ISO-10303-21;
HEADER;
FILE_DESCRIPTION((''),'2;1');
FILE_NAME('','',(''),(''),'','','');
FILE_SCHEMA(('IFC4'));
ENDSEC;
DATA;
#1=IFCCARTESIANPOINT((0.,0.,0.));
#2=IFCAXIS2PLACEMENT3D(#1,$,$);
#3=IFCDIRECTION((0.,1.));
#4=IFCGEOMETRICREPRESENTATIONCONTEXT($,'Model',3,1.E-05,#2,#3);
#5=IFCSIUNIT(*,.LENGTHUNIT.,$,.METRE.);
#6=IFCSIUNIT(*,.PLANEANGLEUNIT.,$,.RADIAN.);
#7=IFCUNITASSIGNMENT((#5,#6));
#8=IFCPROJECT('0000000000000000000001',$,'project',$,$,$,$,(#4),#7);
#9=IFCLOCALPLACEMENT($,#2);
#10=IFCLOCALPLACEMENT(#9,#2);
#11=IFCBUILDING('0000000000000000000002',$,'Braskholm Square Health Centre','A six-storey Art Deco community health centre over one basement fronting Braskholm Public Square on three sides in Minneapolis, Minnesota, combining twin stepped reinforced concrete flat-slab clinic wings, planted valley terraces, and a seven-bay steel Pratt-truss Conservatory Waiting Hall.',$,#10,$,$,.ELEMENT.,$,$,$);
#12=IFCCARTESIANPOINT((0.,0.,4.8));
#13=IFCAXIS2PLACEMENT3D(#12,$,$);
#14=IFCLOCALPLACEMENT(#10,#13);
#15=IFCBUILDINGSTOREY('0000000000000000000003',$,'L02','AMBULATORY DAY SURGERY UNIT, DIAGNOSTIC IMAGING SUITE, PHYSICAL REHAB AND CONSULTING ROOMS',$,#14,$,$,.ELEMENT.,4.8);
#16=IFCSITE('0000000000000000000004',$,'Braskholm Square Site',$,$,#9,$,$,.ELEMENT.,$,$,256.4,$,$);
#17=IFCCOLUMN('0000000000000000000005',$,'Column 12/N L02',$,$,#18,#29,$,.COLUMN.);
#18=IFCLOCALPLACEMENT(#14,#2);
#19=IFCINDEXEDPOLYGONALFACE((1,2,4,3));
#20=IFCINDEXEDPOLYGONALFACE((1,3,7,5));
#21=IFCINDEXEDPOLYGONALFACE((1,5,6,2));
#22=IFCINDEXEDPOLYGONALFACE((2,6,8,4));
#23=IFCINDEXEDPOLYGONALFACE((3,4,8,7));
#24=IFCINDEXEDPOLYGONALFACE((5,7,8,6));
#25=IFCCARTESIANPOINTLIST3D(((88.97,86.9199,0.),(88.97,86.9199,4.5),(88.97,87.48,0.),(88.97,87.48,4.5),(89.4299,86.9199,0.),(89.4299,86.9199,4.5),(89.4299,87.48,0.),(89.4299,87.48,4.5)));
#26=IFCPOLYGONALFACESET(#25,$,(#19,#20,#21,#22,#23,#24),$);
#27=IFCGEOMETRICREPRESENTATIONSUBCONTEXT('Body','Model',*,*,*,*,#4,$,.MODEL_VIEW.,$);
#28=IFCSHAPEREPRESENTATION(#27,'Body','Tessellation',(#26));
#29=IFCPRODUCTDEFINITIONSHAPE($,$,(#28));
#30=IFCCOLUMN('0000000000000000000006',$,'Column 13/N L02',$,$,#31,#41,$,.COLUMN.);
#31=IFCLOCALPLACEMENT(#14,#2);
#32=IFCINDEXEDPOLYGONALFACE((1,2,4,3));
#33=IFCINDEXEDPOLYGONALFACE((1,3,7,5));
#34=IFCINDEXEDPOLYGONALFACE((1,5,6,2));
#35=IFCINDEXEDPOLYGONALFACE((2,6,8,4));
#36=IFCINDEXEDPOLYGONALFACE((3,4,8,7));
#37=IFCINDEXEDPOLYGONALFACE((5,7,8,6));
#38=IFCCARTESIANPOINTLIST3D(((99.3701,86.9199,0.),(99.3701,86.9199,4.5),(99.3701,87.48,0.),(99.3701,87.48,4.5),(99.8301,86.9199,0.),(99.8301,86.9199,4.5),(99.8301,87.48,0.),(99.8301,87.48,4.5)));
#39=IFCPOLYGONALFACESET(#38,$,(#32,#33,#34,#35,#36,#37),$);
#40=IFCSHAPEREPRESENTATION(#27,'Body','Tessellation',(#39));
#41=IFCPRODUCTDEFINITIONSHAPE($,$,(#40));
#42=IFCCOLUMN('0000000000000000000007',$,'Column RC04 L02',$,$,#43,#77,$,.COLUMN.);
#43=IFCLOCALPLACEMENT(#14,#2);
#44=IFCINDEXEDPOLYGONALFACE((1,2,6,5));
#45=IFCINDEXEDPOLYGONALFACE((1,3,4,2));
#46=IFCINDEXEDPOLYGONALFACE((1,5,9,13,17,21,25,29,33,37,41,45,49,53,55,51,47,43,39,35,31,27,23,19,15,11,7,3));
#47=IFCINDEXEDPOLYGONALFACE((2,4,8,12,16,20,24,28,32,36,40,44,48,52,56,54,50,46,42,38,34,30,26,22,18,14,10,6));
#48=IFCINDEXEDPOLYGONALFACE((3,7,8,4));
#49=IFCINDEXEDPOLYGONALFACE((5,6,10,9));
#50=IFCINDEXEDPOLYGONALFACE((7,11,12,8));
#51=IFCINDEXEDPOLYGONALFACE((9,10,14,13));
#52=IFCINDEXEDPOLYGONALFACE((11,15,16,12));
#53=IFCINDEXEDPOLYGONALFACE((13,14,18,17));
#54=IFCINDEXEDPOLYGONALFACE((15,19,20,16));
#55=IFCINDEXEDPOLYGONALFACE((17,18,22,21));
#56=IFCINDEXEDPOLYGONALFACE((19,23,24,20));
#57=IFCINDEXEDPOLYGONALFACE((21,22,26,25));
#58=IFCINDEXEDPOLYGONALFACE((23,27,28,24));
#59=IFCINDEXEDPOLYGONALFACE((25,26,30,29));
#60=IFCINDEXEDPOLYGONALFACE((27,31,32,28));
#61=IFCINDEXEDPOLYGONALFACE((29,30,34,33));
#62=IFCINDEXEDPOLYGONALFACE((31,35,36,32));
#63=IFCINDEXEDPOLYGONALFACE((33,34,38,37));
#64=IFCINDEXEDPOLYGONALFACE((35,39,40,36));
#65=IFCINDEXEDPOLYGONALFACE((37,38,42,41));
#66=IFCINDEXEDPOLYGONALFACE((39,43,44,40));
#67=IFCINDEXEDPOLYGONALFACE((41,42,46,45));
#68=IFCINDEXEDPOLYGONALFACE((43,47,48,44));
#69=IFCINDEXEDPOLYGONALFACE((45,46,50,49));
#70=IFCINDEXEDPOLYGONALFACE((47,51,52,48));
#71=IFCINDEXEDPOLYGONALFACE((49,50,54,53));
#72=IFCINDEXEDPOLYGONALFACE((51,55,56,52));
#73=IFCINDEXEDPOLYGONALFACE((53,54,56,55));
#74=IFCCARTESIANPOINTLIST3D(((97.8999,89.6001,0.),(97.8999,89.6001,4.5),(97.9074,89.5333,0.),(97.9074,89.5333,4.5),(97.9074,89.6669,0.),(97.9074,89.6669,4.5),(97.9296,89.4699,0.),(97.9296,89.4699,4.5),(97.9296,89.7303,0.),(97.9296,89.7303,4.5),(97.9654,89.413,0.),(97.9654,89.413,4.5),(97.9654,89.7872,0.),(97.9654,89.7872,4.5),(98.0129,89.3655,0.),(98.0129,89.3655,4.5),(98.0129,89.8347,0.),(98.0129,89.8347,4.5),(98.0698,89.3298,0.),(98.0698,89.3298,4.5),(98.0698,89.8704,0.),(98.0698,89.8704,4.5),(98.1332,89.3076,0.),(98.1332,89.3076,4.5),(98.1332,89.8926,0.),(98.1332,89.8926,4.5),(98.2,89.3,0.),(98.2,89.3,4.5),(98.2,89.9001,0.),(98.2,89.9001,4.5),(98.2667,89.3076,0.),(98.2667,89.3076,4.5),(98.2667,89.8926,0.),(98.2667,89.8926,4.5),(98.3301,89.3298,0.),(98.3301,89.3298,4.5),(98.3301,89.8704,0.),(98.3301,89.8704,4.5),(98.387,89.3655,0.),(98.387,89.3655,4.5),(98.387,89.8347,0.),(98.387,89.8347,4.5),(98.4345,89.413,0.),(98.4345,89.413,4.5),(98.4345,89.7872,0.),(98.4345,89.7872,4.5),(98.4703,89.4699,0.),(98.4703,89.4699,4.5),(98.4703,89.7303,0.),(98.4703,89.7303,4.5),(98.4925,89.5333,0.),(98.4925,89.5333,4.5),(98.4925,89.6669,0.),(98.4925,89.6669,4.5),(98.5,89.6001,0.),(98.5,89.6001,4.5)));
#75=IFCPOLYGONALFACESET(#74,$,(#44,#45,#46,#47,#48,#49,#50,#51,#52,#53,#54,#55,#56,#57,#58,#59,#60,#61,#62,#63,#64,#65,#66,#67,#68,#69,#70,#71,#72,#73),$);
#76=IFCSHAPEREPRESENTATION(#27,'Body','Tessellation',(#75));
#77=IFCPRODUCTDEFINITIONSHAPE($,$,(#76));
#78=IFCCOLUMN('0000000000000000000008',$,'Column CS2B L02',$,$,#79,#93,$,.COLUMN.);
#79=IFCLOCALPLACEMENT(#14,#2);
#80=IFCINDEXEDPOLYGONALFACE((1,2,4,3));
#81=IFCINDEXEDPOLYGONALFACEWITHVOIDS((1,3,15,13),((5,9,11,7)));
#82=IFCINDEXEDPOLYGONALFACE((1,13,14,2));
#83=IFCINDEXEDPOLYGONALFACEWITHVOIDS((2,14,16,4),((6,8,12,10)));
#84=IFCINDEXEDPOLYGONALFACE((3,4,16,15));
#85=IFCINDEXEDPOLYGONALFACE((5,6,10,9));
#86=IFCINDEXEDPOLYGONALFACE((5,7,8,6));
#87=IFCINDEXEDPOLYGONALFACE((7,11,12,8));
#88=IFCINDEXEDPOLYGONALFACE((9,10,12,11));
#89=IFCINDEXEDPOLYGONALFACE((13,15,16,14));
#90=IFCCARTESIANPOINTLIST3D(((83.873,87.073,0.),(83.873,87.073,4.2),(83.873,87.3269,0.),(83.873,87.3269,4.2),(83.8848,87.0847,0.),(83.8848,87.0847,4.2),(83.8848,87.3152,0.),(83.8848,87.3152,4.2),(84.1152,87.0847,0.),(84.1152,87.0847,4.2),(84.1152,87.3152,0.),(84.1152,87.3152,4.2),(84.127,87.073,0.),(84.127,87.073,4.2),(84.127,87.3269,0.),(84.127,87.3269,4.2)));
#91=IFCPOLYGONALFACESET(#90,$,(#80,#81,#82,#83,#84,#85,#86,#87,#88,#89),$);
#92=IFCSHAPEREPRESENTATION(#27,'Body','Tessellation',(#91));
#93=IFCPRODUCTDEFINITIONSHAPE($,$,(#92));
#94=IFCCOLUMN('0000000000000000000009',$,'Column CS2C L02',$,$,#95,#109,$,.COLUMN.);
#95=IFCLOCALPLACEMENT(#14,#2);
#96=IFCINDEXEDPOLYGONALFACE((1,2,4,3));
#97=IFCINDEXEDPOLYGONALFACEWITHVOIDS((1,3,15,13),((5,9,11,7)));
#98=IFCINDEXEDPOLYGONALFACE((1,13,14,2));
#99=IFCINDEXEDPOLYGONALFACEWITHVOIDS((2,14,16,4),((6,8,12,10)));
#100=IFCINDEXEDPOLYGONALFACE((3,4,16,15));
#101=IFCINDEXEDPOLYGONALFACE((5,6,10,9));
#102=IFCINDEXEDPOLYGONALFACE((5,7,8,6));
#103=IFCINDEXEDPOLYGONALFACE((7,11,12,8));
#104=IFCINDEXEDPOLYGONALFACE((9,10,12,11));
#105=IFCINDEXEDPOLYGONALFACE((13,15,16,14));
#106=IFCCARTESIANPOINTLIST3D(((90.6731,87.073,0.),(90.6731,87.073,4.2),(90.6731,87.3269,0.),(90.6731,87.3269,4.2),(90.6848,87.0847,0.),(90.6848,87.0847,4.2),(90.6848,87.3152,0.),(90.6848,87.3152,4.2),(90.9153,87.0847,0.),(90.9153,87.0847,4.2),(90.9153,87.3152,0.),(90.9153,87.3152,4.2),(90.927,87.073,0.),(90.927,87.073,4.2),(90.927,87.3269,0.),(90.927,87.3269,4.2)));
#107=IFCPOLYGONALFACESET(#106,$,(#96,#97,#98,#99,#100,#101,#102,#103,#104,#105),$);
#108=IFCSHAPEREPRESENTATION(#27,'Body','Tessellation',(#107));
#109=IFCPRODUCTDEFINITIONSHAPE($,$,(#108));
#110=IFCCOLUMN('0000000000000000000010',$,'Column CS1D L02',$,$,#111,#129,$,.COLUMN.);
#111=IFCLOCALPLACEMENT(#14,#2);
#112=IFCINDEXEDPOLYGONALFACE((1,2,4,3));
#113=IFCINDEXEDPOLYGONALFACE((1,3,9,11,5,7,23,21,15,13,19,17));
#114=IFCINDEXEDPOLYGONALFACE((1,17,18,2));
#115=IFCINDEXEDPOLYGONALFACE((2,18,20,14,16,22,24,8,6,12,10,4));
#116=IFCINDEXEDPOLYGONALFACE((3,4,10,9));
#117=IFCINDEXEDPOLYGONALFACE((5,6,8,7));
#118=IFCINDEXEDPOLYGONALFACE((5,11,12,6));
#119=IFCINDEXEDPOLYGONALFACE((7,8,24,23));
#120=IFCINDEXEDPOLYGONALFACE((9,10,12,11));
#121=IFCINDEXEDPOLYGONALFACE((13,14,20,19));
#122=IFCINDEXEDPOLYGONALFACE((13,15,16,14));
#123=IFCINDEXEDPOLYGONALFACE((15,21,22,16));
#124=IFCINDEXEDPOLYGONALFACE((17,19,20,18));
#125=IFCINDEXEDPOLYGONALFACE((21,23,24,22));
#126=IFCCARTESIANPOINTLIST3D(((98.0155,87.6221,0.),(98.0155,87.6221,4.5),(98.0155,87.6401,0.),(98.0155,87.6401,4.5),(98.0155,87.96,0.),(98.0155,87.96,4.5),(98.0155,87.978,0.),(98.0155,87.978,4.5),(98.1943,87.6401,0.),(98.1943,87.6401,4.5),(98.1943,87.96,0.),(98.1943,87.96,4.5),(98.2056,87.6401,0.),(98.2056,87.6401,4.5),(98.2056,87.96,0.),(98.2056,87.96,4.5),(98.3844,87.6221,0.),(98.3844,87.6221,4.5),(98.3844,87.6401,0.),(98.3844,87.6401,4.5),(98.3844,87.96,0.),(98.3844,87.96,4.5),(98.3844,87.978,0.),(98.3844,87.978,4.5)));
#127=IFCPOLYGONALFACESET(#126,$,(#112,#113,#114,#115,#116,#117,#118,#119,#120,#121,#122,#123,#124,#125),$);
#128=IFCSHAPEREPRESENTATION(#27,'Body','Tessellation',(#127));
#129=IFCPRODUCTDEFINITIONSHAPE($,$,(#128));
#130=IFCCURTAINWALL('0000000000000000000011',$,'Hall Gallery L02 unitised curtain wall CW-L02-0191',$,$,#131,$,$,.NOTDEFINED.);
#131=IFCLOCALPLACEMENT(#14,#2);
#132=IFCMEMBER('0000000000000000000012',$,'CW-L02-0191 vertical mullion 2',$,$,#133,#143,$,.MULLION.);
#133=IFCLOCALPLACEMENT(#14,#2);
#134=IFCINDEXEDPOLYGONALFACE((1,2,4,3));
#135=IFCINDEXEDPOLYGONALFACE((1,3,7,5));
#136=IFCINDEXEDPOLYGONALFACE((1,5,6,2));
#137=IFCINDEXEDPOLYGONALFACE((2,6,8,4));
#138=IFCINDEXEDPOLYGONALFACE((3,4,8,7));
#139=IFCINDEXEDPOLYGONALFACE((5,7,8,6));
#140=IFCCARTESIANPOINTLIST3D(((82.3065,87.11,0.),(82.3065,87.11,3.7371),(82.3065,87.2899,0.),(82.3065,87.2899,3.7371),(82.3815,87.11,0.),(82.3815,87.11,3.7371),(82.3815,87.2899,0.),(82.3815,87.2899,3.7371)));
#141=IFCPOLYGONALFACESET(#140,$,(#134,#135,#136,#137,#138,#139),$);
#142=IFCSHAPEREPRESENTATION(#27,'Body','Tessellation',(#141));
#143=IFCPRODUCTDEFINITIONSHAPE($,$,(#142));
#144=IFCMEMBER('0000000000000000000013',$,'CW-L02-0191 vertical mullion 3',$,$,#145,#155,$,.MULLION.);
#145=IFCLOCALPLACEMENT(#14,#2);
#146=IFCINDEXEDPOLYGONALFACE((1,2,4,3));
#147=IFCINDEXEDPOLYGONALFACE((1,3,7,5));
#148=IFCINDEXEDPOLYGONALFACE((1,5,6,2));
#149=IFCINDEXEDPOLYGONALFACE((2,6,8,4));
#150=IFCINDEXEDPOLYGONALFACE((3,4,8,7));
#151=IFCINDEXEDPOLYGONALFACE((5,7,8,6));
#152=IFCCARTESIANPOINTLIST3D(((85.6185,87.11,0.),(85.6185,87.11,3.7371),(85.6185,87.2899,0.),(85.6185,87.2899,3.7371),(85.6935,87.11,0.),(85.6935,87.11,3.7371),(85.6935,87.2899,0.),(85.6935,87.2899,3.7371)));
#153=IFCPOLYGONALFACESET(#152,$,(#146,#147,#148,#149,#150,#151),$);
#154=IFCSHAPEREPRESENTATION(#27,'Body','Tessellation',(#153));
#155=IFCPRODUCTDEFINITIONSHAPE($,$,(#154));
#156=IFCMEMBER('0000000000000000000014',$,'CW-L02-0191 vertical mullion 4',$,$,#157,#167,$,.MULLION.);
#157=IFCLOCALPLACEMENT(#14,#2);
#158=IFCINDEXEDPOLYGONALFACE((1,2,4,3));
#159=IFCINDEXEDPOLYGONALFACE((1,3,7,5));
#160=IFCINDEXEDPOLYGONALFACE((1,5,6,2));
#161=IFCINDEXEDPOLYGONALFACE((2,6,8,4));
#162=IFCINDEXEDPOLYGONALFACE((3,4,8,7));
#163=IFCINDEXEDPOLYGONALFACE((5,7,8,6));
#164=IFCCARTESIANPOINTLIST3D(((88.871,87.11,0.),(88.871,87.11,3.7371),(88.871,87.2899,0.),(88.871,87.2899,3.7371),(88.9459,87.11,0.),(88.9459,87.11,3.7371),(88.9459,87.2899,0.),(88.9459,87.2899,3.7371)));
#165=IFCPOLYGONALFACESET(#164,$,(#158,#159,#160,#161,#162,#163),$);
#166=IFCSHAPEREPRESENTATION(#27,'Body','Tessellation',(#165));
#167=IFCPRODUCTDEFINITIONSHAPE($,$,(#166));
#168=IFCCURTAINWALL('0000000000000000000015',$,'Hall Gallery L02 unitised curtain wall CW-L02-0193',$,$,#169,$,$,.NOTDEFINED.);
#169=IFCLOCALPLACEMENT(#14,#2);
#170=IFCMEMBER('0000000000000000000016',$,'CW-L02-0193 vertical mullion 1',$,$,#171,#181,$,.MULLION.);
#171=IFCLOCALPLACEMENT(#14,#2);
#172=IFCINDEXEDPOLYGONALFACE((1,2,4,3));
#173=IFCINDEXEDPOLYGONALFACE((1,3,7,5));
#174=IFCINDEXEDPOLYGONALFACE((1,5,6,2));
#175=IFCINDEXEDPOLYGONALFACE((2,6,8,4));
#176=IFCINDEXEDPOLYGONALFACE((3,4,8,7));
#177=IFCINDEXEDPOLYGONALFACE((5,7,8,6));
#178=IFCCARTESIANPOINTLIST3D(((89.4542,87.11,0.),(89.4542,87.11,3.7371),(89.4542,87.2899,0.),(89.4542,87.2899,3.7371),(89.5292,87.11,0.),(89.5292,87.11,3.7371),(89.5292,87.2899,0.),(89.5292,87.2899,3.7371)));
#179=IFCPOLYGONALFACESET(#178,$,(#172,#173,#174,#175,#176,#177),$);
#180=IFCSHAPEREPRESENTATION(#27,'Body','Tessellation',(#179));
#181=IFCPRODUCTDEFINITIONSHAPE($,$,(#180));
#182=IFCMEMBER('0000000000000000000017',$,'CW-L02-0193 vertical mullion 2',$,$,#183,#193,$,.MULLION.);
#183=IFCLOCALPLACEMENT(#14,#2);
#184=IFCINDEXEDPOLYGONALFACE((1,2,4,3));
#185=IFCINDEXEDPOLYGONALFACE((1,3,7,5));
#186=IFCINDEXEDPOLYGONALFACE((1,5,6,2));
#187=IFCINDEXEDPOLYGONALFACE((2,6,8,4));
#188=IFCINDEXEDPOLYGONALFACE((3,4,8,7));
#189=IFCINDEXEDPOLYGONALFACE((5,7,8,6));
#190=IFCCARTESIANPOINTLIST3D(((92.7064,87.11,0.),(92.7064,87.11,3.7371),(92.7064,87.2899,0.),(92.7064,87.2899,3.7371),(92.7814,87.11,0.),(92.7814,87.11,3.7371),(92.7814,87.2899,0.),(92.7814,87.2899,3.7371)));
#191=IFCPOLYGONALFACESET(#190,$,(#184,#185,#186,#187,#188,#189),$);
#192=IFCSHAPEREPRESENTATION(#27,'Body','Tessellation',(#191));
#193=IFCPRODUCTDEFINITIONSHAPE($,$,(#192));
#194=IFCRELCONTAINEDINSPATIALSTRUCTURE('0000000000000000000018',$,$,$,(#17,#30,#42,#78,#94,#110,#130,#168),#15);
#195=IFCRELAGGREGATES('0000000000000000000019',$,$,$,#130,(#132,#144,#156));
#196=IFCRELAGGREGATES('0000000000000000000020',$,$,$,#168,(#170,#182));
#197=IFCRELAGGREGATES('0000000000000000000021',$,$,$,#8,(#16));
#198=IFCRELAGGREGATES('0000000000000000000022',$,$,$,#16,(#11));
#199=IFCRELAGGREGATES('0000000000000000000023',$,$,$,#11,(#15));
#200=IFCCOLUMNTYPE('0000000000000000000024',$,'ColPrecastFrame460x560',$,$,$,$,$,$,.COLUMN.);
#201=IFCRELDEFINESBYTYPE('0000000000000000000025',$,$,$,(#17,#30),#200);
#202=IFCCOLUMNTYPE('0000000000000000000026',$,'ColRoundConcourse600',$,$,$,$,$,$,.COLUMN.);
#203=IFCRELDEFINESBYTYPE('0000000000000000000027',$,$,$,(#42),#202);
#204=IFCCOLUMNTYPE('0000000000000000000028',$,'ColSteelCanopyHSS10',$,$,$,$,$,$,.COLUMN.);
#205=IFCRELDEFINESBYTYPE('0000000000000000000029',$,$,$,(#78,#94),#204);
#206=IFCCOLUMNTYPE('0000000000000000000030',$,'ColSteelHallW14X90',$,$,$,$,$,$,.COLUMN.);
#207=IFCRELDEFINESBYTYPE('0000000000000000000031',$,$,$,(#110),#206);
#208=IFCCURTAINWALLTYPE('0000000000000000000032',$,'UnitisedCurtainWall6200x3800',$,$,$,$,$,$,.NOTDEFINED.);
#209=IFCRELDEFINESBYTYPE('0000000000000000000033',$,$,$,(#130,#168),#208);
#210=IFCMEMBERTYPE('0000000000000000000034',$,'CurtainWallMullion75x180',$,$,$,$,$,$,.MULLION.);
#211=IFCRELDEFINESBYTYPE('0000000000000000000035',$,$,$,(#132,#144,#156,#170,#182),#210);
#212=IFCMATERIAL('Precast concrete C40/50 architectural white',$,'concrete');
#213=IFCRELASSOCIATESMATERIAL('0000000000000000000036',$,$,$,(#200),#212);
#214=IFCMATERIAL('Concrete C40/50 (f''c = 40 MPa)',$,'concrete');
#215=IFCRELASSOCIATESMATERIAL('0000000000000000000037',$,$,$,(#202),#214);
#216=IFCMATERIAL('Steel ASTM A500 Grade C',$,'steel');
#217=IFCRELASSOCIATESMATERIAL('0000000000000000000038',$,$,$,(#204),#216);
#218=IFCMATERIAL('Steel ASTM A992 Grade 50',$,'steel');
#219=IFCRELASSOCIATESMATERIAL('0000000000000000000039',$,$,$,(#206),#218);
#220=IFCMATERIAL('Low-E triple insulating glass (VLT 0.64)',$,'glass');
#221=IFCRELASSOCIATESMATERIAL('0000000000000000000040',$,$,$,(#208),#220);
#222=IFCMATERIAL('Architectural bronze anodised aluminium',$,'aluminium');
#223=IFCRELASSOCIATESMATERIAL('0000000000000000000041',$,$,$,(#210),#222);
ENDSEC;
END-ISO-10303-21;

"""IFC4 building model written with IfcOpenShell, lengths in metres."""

from ifc_helpers import new_model, si_unit, direction, frame, origin, origin_2d, place, context, subcontext, project, spatial, rectangle, hollow_rectangle, circle, i_section, extrude, material, material_profile, profile_set, type_object, element, aggregate, save


model = new_model("IFC4")

# Units and contexts
model_context = context("Model", 3, precision=1e-05, world=origin(), true_north=direction((0.0, 1.0)))
body_context = subcontext(model_context, "Body", "Model", "MODEL_VIEW")
ifc_project = project(units=[si_unit("LENGTHUNIT", "METRE"), si_unit("PLANEANGLEUNIT", "RADIAN")], contexts=[model_context])

# Site, building, storey
site_placement = place(None, origin())
site = spatial("IfcSite", under=ifc_project, at=site_placement, Name="Braskholm Square Site", CompositionType="ELEMENT", RefElevation=256.4)
building_placement = place(site_placement, origin())
building = spatial("IfcBuilding", under=site, at=building_placement, Name="Braskholm Square Health Centre", Description="A six-storey Art Deco community health centre over one basement fronting Braskholm Public Square on three sides in Minneapolis, Minnesota, combining twin stepped reinforced concrete flat-slab clinic wings, planted valley terraces, and a seven-bay steel Pratt-truss Conservatory Waiting Hall.", CompositionType="ELEMENT")
storey_placement = place(building_placement, frame((0.0, 0.0, 4.8)))
storey = spatial("IfcBuildingStorey", under=building, at=storey_placement, Name="L02", Description="AMBULATORY DAY SURGERY UNIT, DIAGNOSTIC IMAGING SUITE, PHYSICAL REHAB AND CONSULTING ROOMS", CompositionType="ELEMENT", Elevation=4.8)

# Columns
ifc_material_1 = material(Name="Precast concrete C40/50 architectural white", Category="concrete")
ifc_material_profile_1 = material_profile(ifc_material_1, rectangle(XDim=0.46, YDim=0.5601, at=origin_2d()), Name="RC-460X560")
ifc_profile_set_1 = profile_set([ifc_material_profile_1], Name="Precast concrete C40/50 architectural white")
column_type_1 = type_object("IfcColumnType", Name="ColPrecastFrame460x560", PredefinedType="COLUMN", material=ifc_profile_set_1)
for number, where, z_axis, x_axis, name in (
    (1, (89.2, 87.2, 0.0), (0.0, 0.0, 1.0), (1.0, 0.0, 0.0), "Column 12/N L02"),
    (2, (99.6001, 87.2, 0.0), (0.0, 0.0, 1.0), (1.0, 0.0, 0.0), "Column 13/N L02"),
):
    element("IfcColumn", number, at=place(storey_placement, frame(where, z_axis=z_axis, x_axis=x_axis)), inside=storey, type_object=column_type_1, Name=name, PredefinedType="COLUMN", context=body_context, shape_type="SweptSolid", body=[
        extrude(rectangle(XDim=0.46, YDim=0.5601, at=origin_2d()), origin(), (0.0, 0.0, 1.0), 4.5),
    ])
ifc_material_2 = material(Name="Concrete C40/50 (f'c = 40 MPa)", Category="concrete")
ifc_material_profile_2 = material_profile(ifc_material_2, circle(Radius=0.3, at=origin_2d()), Name="RC-RND-600")
ifc_profile_set_2 = profile_set([ifc_material_profile_2], Name="Concrete C40/50 (f'c = 40 MPa)")
column_type_2 = type_object("IfcColumnType", Name="ColRoundConcourse600", PredefinedType="COLUMN", material=ifc_profile_set_2)
column_1_placement = place(storey_placement, frame((98.2, 89.6001, 0.0), z_axis=(0.0, 0.0, 1.0), x_axis=(1.0, 0.0, 0.0)))
element("IfcColumn", 3, at=column_1_placement, inside=storey, type_object=column_type_2, Name="Column RC04 L02", PredefinedType="COLUMN", context=body_context, shape_type="SweptSolid", body=[
    extrude(circle(Radius=0.3, at=origin_2d()), origin(), (0.0, 0.0, 1.0), 4.5),
])
ifc_material_3 = material(Name="Steel ASTM A500 Grade C", Category="steel")
ifc_material_profile_3 = material_profile(ifc_material_3, hollow_rectangle(XDim=0.2539, YDim=0.2539, WallThickness=0.0117, at=origin_2d()), Name="HSS10X10X1/2")
ifc_profile_set_3 = profile_set([ifc_material_profile_3], Name="Steel ASTM A500 Grade C")
column_type_3 = type_object("IfcColumnType", Name="ColSteelCanopyHSS10", PredefinedType="COLUMN", material=ifc_profile_set_3)
for number, where, z_axis, x_axis, name in (
    (4, (84.0, 87.2, 0.0), (0.0, 0.0, 1.0), (1.0, 0.0, 0.0), "Column CS2B L02"),
    (5, (90.8, 87.2, 0.0), (0.0, 0.0, 1.0), (1.0, 0.0, 0.0), "Column CS2C L02"),
):
    element("IfcColumn", number, at=place(storey_placement, frame(where, z_axis=z_axis, x_axis=x_axis)), inside=storey, type_object=column_type_3, Name=name, PredefinedType="COLUMN", context=body_context, shape_type="SweptSolid", body=[
        extrude(hollow_rectangle(XDim=0.2539, YDim=0.2539, WallThickness=0.0117, at=origin_2d()), origin(), (0.0, 0.0, 1.0), 4.2),
    ])
ifc_material_4 = material(Name="Steel ASTM A992 Grade 50", Category="steel")
ifc_material_profile_4 = material_profile(ifc_material_4, i_section(OverallWidth=0.3689, OverallDepth=0.356, WebThickness=0.0112, FlangeThickness=0.0181, at=origin_2d()), Name="W14X90")
ifc_profile_set_4 = profile_set([ifc_material_profile_4], Name="Steel ASTM A992 Grade 50")
column_type_4 = type_object("IfcColumnType", Name="ColSteelHallW14X90", PredefinedType="COLUMN", material=ifc_profile_set_4)
column_2_placement = place(storey_placement, frame((98.2, 87.8, 0.0), z_axis=(0.0, 0.0, 1.0), x_axis=(1.0, 0.0, 0.0)))
element("IfcColumn", 6, at=column_2_placement, inside=storey, type_object=column_type_4, Name="Column CS1D L02", PredefinedType="COLUMN", context=body_context, shape_type="SweptSolid", body=[
    extrude(i_section(OverallWidth=0.3689, OverallDepth=0.356, WebThickness=0.0112, FlangeThickness=0.0181, at=origin_2d()), origin(), (0.0, 0.0, 1.0), 4.5),
])

# Curtain walls, members
ifc_material_5 = material(Name="Low-E triple insulating glass (VLT 0.64)", Category="glass")
curtain_wall_type = type_object("IfcCurtainWallType", Name="UnitisedCurtainWall6200x3800", PredefinedType="NOTDEFINED", material=ifc_material_5)
curtain_wall_1_placement = place(storey_placement, origin())
curtain_wall_1 = element("IfcCurtainWall", 7, at=curtain_wall_1_placement, inside=storey, type_object=curtain_wall_type, Name="Hall Gallery L02 unitised curtain wall CW-L02-0191", PredefinedType="NOTDEFINED")
ifc_material_6 = material(Name="Architectural bronze anodised aluminium", Category="aluminium")
ifc_material_profile_5 = material_profile(ifc_material_6, rectangle(XDim=0.075, YDim=0.1799, at=origin_2d()), Name="ALU-75X180")
ifc_profile_set_5 = profile_set([ifc_material_profile_5], Name="Architectural bronze anodised aluminium")
member_type_1 = type_object("IfcMemberType", Name="CurtainWallMullion75x180", PredefinedType="MULLION", material=ifc_profile_set_5)
member_1_placement = place(storey_placement, frame((82.344, 87.2, 0.0), z_axis=(0.0, 0.0, 1.0), x_axis=(1.0, 0.0, 0.0)))
member_1 = element("IfcMember", 8, at=member_1_placement, type_object=member_type_1, Name="CW-L02-0191 vertical mullion 2", PredefinedType="MULLION", context=body_context, shape_type="SweptSolid", body=[
    extrude(rectangle(XDim=0.075, YDim=0.1799, at=origin_2d()), origin(), (0.0, 0.0, 1.0), 3.7371),
])
member_2_placement = place(storey_placement, frame((85.656, 87.2, 0.0), z_axis=(0.0, 0.0, 1.0), x_axis=(1.0, 0.0, 0.0)))
member_2 = element("IfcMember", 9, at=member_2_placement, type_object=member_type_1, Name="CW-L02-0191 vertical mullion 3", PredefinedType="MULLION", context=body_context, shape_type="SweptSolid", body=[
    extrude(rectangle(XDim=0.075, YDim=0.1799, at=origin_2d()), origin(), (0.0, 0.0, 1.0), 3.7371),
])
member_3_placement = place(storey_placement, frame((88.9084, 87.2, 0.0), z_axis=(0.0, 0.0, 1.0), x_axis=(1.0, 0.0, 0.0)))
member_3 = element("IfcMember", 10, at=member_3_placement, type_object=member_type_1, Name="CW-L02-0191 vertical mullion 4", PredefinedType="MULLION", context=body_context, shape_type="SweptSolid", body=[
    extrude(rectangle(XDim=0.075, YDim=0.1799, at=origin_2d()), origin(), (0.0, 0.0, 1.0), 3.7371),
])
curtain_wall_2_placement = place(storey_placement, origin())
curtain_wall_2 = element("IfcCurtainWall", 11, at=curtain_wall_2_placement, inside=storey, type_object=curtain_wall_type, Name="Hall Gallery L02 unitised curtain wall CW-L02-0193", PredefinedType="NOTDEFINED")
member_4_placement = place(storey_placement, frame((89.4917, 87.2, 0.0), z_axis=(0.0, 0.0, 1.0), x_axis=(1.0, 0.0, 0.0)))
member_4 = element("IfcMember", 12, at=member_4_placement, type_object=member_type_1, Name="CW-L02-0193 vertical mullion 1", PredefinedType="MULLION", context=body_context, shape_type="SweptSolid", body=[
    extrude(rectangle(XDim=0.075, YDim=0.1799, at=origin_2d()), origin(), (0.0, 0.0, 1.0), 3.7371),
])
member_5_placement = place(storey_placement, frame((92.7439, 87.2, 0.0), z_axis=(0.0, 0.0, 1.0), x_axis=(1.0, 0.0, 0.0)))
member_5 = element("IfcMember", 13, at=member_5_placement, type_object=member_type_1, Name="CW-L02-0193 vertical mullion 2", PredefinedType="MULLION", context=body_context, shape_type="SweptSolid", body=[
    extrude(rectangle(XDim=0.075, YDim=0.1799, at=origin_2d()), origin(), (0.0, 0.0, 1.0), 3.7371),
])

aggregate(curtain_wall_1, [member_1, member_2, member_3])
aggregate(curtain_wall_2, [member_4, member_5])

save(model, "model.ifc")
